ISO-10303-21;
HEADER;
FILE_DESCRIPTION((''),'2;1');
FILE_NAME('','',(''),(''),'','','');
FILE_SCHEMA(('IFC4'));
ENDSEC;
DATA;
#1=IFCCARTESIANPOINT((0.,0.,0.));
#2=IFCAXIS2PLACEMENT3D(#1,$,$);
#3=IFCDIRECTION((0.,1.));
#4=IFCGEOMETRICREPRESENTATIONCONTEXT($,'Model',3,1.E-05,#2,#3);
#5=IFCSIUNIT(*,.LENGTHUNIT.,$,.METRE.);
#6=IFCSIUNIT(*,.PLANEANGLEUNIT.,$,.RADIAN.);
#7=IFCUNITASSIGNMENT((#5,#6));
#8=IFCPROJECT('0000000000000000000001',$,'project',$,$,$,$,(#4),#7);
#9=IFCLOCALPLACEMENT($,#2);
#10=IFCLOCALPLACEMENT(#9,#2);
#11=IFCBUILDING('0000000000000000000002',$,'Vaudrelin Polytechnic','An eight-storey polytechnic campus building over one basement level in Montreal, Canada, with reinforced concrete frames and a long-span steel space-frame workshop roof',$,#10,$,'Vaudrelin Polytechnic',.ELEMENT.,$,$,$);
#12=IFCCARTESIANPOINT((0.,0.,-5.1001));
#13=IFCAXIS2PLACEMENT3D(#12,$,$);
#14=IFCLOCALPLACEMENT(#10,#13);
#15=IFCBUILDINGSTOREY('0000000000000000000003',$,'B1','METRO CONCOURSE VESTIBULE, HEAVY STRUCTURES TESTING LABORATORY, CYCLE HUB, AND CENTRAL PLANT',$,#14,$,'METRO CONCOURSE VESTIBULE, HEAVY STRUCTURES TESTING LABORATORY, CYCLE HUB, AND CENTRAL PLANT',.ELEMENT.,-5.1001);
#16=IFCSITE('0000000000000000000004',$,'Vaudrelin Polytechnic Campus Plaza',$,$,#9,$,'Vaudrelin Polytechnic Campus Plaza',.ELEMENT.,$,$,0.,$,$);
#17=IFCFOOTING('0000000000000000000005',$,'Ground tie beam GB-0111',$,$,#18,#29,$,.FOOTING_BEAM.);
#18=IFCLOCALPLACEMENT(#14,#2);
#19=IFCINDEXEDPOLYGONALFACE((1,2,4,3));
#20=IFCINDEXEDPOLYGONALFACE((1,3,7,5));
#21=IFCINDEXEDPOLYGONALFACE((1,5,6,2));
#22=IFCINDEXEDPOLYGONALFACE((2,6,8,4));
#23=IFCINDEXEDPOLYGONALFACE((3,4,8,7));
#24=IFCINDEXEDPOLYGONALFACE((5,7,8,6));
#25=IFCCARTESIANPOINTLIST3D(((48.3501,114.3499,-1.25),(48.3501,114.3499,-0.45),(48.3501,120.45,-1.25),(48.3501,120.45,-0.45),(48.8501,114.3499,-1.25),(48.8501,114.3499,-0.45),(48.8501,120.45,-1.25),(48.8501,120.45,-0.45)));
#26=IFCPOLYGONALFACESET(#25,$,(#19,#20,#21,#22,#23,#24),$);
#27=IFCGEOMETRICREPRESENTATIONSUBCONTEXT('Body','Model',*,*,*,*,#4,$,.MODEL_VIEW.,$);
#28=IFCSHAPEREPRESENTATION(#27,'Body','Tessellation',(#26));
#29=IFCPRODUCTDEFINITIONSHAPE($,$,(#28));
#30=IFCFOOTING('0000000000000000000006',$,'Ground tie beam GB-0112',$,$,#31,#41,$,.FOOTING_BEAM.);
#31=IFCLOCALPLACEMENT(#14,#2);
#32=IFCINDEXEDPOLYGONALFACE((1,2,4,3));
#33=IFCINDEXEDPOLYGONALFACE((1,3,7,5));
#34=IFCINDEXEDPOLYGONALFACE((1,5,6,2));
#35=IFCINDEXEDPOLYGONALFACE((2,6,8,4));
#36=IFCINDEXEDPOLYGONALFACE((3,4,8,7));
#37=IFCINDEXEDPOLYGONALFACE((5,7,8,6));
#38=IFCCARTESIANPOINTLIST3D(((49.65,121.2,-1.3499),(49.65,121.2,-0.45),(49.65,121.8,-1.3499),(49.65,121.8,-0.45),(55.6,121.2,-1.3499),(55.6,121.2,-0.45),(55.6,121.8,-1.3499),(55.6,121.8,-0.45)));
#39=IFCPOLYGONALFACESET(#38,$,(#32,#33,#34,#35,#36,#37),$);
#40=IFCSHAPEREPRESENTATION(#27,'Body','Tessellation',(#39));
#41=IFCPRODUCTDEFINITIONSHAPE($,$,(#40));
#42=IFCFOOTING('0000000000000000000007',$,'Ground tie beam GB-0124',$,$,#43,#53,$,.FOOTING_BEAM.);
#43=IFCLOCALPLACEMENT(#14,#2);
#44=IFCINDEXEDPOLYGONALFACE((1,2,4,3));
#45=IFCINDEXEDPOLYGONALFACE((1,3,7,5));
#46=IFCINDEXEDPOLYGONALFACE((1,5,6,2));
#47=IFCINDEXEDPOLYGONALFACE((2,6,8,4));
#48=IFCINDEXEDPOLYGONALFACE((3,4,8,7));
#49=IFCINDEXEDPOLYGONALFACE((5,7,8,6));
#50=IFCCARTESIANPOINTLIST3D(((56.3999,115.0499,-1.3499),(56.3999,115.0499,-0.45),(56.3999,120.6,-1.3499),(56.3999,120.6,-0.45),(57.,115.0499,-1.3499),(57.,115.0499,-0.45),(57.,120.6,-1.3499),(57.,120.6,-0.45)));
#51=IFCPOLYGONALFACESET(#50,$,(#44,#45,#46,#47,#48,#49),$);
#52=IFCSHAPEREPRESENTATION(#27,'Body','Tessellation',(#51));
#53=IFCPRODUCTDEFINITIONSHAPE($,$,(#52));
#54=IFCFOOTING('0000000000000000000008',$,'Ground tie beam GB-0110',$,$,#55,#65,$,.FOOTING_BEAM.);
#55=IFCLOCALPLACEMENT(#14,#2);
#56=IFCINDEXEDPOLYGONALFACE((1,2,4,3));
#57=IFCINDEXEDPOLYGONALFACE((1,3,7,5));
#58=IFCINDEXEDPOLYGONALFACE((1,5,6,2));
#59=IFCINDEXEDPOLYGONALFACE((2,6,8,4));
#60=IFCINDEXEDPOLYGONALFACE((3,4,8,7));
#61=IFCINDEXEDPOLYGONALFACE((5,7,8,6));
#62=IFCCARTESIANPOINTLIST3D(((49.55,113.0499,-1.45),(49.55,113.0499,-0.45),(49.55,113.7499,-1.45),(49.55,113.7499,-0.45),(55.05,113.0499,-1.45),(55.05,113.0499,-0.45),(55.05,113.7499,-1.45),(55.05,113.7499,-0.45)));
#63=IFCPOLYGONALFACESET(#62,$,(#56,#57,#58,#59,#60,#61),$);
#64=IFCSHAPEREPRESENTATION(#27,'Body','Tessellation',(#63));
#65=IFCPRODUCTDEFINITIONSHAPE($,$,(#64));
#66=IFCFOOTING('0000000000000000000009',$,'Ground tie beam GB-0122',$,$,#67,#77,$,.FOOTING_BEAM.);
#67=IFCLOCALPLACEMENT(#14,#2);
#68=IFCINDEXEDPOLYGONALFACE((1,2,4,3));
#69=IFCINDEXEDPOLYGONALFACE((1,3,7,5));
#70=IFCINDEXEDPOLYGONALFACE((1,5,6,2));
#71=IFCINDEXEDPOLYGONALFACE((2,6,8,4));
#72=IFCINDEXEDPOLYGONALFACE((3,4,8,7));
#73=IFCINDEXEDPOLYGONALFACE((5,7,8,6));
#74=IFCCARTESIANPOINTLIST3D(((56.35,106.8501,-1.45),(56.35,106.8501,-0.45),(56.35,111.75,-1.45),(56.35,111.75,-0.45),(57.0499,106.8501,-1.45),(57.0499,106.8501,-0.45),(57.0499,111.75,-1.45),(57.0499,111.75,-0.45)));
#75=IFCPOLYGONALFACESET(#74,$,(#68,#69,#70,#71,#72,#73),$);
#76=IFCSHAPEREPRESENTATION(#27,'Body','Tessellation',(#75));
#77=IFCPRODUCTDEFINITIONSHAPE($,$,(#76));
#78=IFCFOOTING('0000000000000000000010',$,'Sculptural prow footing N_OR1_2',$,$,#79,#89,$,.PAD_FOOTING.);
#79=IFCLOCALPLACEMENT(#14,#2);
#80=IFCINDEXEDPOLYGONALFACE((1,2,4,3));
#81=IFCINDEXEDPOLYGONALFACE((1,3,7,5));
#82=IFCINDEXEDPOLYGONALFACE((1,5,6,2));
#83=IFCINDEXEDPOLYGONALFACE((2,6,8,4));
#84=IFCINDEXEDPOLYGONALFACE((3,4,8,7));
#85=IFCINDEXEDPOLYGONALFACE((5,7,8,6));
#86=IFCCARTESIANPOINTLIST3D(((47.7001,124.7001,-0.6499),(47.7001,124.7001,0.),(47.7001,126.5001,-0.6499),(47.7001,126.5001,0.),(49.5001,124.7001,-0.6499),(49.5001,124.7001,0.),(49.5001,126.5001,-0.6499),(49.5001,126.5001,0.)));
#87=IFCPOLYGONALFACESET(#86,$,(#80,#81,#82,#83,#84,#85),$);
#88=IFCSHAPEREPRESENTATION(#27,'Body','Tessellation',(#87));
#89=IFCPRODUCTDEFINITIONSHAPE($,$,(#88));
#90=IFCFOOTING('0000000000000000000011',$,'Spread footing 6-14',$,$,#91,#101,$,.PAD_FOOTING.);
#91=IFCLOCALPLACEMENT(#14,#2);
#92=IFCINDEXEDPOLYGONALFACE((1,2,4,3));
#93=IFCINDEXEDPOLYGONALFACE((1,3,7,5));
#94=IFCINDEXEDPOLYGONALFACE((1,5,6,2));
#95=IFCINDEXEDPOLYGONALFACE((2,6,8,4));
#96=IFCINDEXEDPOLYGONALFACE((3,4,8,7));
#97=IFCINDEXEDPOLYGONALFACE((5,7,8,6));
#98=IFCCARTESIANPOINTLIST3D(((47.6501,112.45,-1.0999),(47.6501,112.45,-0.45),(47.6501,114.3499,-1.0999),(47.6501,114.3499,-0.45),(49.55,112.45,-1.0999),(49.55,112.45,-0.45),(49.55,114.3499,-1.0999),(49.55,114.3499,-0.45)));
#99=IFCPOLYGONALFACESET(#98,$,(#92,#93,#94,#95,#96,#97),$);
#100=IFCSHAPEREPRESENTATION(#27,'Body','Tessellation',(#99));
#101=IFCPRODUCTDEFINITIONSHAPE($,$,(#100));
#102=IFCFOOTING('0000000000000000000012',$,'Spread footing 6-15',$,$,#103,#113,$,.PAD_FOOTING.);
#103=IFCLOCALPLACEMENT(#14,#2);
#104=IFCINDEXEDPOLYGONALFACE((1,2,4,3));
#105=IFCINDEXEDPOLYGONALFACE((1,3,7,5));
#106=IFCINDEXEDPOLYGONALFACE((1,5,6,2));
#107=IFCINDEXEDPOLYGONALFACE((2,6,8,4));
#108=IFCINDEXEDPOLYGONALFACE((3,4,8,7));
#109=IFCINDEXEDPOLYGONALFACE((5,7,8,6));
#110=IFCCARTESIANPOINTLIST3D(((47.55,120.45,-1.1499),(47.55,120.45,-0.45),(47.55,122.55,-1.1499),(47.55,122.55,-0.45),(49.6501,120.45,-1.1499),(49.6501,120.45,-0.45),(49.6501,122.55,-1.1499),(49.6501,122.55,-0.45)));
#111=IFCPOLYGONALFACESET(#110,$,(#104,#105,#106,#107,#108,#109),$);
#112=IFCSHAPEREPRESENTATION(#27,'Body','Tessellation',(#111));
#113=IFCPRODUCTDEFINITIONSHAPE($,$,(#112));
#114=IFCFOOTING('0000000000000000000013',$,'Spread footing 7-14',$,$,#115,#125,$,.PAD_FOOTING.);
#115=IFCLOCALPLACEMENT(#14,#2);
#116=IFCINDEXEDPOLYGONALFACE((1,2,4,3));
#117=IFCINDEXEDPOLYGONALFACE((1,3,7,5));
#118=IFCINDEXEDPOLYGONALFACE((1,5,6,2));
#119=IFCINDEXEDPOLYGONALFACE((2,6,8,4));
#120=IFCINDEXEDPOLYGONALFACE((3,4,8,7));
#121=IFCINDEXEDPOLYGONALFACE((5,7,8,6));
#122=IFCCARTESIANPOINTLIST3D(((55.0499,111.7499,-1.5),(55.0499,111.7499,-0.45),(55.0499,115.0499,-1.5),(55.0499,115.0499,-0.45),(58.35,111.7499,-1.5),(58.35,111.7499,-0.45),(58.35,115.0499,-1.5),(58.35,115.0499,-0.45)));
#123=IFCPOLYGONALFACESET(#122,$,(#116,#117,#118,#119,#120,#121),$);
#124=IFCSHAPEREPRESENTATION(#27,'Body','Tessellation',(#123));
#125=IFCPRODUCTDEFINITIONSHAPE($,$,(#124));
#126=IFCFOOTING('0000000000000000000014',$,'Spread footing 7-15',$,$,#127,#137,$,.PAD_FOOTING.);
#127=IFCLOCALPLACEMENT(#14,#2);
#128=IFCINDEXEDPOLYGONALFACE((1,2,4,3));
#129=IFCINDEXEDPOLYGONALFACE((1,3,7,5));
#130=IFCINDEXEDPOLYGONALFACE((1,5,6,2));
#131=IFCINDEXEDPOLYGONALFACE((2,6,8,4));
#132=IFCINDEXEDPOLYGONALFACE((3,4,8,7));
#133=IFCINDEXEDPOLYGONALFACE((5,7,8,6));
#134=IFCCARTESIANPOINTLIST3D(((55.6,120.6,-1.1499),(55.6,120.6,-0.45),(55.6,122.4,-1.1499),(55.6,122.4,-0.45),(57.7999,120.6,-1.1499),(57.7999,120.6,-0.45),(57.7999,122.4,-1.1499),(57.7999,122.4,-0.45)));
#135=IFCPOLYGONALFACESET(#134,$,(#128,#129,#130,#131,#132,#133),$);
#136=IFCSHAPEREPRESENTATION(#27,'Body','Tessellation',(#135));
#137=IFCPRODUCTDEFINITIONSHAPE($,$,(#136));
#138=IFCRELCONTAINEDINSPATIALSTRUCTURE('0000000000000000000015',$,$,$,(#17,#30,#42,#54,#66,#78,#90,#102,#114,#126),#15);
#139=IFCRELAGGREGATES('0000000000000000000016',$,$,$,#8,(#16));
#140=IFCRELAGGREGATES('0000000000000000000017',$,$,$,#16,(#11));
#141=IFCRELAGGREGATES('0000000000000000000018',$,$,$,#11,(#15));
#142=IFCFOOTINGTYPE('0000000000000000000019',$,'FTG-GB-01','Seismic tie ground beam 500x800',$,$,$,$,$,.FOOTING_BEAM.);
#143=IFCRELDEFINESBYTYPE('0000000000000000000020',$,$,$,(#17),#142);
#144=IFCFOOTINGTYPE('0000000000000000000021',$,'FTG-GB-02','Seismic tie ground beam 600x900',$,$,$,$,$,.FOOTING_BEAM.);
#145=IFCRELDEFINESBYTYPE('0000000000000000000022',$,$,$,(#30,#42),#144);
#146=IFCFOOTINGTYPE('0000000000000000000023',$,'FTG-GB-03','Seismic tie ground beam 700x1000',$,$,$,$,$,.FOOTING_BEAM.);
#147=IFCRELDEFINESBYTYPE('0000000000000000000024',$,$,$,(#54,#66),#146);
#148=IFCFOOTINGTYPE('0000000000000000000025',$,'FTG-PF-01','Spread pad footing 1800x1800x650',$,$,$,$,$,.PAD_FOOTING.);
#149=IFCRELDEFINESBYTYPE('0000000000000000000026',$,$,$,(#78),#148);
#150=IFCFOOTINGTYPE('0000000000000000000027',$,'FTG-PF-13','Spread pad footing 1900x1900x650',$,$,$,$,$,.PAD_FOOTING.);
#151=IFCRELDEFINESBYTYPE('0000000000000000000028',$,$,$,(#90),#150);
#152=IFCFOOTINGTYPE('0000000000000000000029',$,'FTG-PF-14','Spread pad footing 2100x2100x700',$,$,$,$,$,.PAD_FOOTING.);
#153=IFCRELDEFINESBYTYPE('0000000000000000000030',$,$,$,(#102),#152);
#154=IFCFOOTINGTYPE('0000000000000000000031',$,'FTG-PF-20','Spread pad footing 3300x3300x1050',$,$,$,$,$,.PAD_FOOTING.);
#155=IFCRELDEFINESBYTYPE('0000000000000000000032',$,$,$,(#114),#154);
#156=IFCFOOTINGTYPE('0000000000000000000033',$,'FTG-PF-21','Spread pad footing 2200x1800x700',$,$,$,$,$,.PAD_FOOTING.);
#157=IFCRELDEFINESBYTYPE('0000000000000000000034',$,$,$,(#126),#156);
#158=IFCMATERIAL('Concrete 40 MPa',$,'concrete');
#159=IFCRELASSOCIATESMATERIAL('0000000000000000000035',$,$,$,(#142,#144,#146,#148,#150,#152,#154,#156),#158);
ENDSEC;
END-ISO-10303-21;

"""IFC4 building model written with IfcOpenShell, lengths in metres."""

from ifc_helpers import new_model, si_unit, direction, frame, origin, origin_2d, place, context, subcontext, project, spatial, rectangle, extrude, material, type_object, element, save


model = new_model("IFC4")

# Units and contexts
model_context = context("Model", 3, precision=1e-05, world=origin(), true_north=direction((0.0, 1.0)))
body_context = subcontext(model_context, "Body", "Model", "MODEL_VIEW")
ifc_project = project(units=[si_unit("LENGTHUNIT", "METRE"), si_unit("PLANEANGLEUNIT", "RADIAN")], contexts=[model_context])

# Site, building, storey
site_placement = place(None, origin())
site = spatial("IfcSite", under=ifc_project, at=site_placement, Name="Vaudrelin Polytechnic Campus Plaza", LongName="Vaudrelin Polytechnic Campus Plaza", CompositionType="ELEMENT", RefElevation=0.0)
building_placement = place(site_placement, origin())
building = spatial("IfcBuilding", under=site, at=building_placement, Name="Vaudrelin Polytechnic", Description="An eight-storey polytechnic campus building over one basement level in Montreal, Canada, with reinforced concrete frames and a long-span steel space-frame workshop roof", LongName="Vaudrelin Polytechnic", CompositionType="ELEMENT")
storey_placement = place(building_placement, frame((0.0, 0.0, -5.1001)))
storey = spatial("IfcBuildingStorey", under=building, at=storey_placement, Name="B1", Description="METRO CONCOURSE VESTIBULE, HEAVY STRUCTURES TESTING LABORATORY, CYCLE HUB, AND CENTRAL PLANT", LongName="METRO CONCOURSE VESTIBULE, HEAVY STRUCTURES TESTING LABORATORY, CYCLE HUB, AND CENTRAL PLANT", CompositionType="ELEMENT", Elevation=-5.1001)

# Footings
ifc_material_1 = material(Name="Concrete 40 MPa", Category="concrete")
footing_type_1 = type_object("IfcFootingType", Name="FTG-GB-01", Description="Seismic tie ground beam 500x800", PredefinedType="FOOTING_BEAM", material=ifc_material_1)
footing_1_placement = place(storey_placement, frame((48.6001, 117.3999, -1.25), z_axis=(0.0, 0.0, 1.0), x_axis=(1.0, 0.0, 0.0)))
element("IfcFooting", 1, at=footing_1_placement, inside=storey, type_object=footing_type_1, Name="Ground tie beam GB-0111", PredefinedType="FOOTING_BEAM", context=body_context, shape_type="SweptSolid", body=[
    extrude(rectangle(XDim=0.5, YDim=6.1001, at=origin_2d()), origin(), (0.0, 0.0, 1.0), 0.8),
])
footing_type_2 = type_object("IfcFootingType", Name="FTG-GB-02", Description="Seismic tie ground beam 600x900", PredefinedType="FOOTING_BEAM", material=ifc_material_1)
footing_2_placement = place(storey_placement, frame((52.625, 121.5, -1.3499), z_axis=(0.0, 0.0, 1.0), x_axis=(1.0, 0.0, 0.0)))
element("IfcFooting", 2, at=footing_2_placement, inside=storey, type_object=footing_type_2, Name="Ground tie beam GB-0112", PredefinedType="FOOTING_BEAM", context=body_context, shape_type="SweptSolid", body=[
    extrude(rectangle(XDim=5.95, YDim=0.6001, at=origin_2d()), origin(), (0.0, 0.0, 1.0), 0.8999),
])
footing_3_placement = place(storey_placement, frame((56.7, 117.825, -1.3499), z_axis=(0.0, 0.0, 1.0), x_axis=(1.0, 0.0, 0.0)))
element("IfcFooting", 3, at=footing_3_placement, inside=storey, type_object=footing_type_2, Name="Ground tie beam GB-0124", PredefinedType="FOOTING_BEAM", context=body_context, shape_type="SweptSolid", body=[
    extrude(rectangle(XDim=0.6001, YDim=5.55, at=origin_2d()), origin(), (0.0, 0.0, 1.0), 0.8999),
])
footing_type_3 = type_object("IfcFootingType", Name="FTG-GB-03", Description="Seismic tie ground beam 700x1000", PredefinedType="FOOTING_BEAM", material=ifc_material_1)
footing_4_placement = place(storey_placement, frame((52.3, 113.3999, -1.45), z_axis=(0.0, 0.0, 1.0), x_axis=(1.0, 0.0, 0.0)))
element("IfcFooting", 4, at=footing_4_placement, inside=storey, type_object=footing_type_3, Name="Ground tie beam GB-0110", PredefinedType="FOOTING_BEAM", context=body_context, shape_type="SweptSolid", body=[
    extrude(rectangle(XDim=5.5, YDim=0.7, at=origin_2d()), origin(), (0.0, 0.0, 1.0), 1.0),
])
footing_5_placement = place(storey_placement, frame((56.7, 109.3, -1.45), z_axis=(0.0, 0.0, 1.0), x_axis=(1.0, 0.0, 0.0)))
element("IfcFooting", 5, at=footing_5_placement, inside=storey, type_object=footing_type_3, Name="Ground tie beam GB-0122", PredefinedType="FOOTING_BEAM", context=body_context, shape_type="SweptSolid", body=[
    extrude(rectangle(XDim=0.7, YDim=4.8999, at=origin_2d()), origin(), (0.0, 0.0, 1.0), 1.0),
])
footing_type_4 = type_object("IfcFootingType", Name="FTG-PF-01", Description="Spread pad footing 1800x1800x650", PredefinedType="PAD_FOOTING", material=ifc_material_1)
footing_6_placement = place(storey_placement, frame((48.6001, 125.6001, -0.6499), z_axis=(0.0, 0.0, 1.0), x_axis=(1.0, 0.0, 0.0)))
element("IfcFooting", 6, at=footing_6_placement, inside=storey, type_object=footing_type_4, Name="Sculptural prow footing N_OR1_2", PredefinedType="PAD_FOOTING", context=body_context, shape_type="SweptSolid", body=[
    extrude(rectangle(XDim=1.8, YDim=1.8, at=origin_2d()), origin(), (0.0, 0.0, 1.0), 0.6499),
])
footing_type_5 = type_object("IfcFootingType", Name="FTG-PF-13", Description="Spread pad footing 1900x1900x650", PredefinedType="PAD_FOOTING", material=ifc_material_1)
footing_7_placement = place(storey_placement, frame((48.6001, 113.3999, -1.0999), z_axis=(0.0, 0.0, 1.0), x_axis=(1.0, 0.0, 0.0)))
element("IfcFooting", 7, at=footing_7_placement, inside=storey, type_object=footing_type_5, Name="Spread footing 6-14", PredefinedType="PAD_FOOTING", context=body_context, shape_type="SweptSolid", body=[
    extrude(rectangle(XDim=1.8999, YDim=1.8999, at=origin_2d()), origin(), (0.0, 0.0, 1.0), 0.6499),
])
footing_type_6 = type_object("IfcFootingType", Name="FTG-PF-14", Description="Spread pad footing 2100x2100x700", PredefinedType="PAD_FOOTING", material=ifc_material_1)
footing_8_placement = place(storey_placement, frame((48.6001, 121.5, -1.1499), z_axis=(0.0, 0.0, 1.0), x_axis=(1.0, 0.0, 0.0)))
element("IfcFooting", 8, at=footing_8_placement, inside=storey, type_object=footing_type_6, Name="Spread footing 6-15", PredefinedType="PAD_FOOTING", context=body_context, shape_type="SweptSolid", body=[
    extrude(rectangle(XDim=2.1001, YDim=2.1001, at=origin_2d()), origin(), (0.0, 0.0, 1.0), 0.7),
])
footing_type_7 = type_object("IfcFootingType", Name="FTG-PF-20", Description="Spread pad footing 3300x3300x1050", PredefinedType="PAD_FOOTING", material=ifc_material_1)
footing_9_placement = place(storey_placement, frame((56.7, 113.3999, -1.5), z_axis=(0.0, 0.0, 1.0), x_axis=(1.0, 0.0, 0.0)))
element("IfcFooting", 9, at=footing_9_placement, inside=storey, type_object=footing_type_7, Name="Spread footing 7-14", PredefinedType="PAD_FOOTING", context=body_context, shape_type="SweptSolid", body=[
    extrude(rectangle(XDim=3.3, YDim=3.3, at=origin_2d()), origin(), (0.0, 0.0, 1.0), 1.05),
])
footing_type_8 = type_object("IfcFootingType", Name="FTG-PF-21", Description="Spread pad footing 2200x1800x700", PredefinedType="PAD_FOOTING", material=ifc_material_1)
footing_10_placement = place(storey_placement, frame((56.7, 121.5, -1.1499), z_axis=(0.0, 0.0, 1.0), x_axis=(1.0, 0.0, 0.0)))
element("IfcFooting", 10, at=footing_10_placement, inside=storey, type_object=footing_type_8, Name="Spread footing 7-15", PredefinedType="PAD_FOOTING", context=body_context, shape_type="SweptSolid", body=[
    extrude(rectangle(XDim=2.2, YDim=1.8, at=origin_2d()), origin(), (0.0, 0.0, 1.0), 0.7),
])

save(model, "model.ifc")
